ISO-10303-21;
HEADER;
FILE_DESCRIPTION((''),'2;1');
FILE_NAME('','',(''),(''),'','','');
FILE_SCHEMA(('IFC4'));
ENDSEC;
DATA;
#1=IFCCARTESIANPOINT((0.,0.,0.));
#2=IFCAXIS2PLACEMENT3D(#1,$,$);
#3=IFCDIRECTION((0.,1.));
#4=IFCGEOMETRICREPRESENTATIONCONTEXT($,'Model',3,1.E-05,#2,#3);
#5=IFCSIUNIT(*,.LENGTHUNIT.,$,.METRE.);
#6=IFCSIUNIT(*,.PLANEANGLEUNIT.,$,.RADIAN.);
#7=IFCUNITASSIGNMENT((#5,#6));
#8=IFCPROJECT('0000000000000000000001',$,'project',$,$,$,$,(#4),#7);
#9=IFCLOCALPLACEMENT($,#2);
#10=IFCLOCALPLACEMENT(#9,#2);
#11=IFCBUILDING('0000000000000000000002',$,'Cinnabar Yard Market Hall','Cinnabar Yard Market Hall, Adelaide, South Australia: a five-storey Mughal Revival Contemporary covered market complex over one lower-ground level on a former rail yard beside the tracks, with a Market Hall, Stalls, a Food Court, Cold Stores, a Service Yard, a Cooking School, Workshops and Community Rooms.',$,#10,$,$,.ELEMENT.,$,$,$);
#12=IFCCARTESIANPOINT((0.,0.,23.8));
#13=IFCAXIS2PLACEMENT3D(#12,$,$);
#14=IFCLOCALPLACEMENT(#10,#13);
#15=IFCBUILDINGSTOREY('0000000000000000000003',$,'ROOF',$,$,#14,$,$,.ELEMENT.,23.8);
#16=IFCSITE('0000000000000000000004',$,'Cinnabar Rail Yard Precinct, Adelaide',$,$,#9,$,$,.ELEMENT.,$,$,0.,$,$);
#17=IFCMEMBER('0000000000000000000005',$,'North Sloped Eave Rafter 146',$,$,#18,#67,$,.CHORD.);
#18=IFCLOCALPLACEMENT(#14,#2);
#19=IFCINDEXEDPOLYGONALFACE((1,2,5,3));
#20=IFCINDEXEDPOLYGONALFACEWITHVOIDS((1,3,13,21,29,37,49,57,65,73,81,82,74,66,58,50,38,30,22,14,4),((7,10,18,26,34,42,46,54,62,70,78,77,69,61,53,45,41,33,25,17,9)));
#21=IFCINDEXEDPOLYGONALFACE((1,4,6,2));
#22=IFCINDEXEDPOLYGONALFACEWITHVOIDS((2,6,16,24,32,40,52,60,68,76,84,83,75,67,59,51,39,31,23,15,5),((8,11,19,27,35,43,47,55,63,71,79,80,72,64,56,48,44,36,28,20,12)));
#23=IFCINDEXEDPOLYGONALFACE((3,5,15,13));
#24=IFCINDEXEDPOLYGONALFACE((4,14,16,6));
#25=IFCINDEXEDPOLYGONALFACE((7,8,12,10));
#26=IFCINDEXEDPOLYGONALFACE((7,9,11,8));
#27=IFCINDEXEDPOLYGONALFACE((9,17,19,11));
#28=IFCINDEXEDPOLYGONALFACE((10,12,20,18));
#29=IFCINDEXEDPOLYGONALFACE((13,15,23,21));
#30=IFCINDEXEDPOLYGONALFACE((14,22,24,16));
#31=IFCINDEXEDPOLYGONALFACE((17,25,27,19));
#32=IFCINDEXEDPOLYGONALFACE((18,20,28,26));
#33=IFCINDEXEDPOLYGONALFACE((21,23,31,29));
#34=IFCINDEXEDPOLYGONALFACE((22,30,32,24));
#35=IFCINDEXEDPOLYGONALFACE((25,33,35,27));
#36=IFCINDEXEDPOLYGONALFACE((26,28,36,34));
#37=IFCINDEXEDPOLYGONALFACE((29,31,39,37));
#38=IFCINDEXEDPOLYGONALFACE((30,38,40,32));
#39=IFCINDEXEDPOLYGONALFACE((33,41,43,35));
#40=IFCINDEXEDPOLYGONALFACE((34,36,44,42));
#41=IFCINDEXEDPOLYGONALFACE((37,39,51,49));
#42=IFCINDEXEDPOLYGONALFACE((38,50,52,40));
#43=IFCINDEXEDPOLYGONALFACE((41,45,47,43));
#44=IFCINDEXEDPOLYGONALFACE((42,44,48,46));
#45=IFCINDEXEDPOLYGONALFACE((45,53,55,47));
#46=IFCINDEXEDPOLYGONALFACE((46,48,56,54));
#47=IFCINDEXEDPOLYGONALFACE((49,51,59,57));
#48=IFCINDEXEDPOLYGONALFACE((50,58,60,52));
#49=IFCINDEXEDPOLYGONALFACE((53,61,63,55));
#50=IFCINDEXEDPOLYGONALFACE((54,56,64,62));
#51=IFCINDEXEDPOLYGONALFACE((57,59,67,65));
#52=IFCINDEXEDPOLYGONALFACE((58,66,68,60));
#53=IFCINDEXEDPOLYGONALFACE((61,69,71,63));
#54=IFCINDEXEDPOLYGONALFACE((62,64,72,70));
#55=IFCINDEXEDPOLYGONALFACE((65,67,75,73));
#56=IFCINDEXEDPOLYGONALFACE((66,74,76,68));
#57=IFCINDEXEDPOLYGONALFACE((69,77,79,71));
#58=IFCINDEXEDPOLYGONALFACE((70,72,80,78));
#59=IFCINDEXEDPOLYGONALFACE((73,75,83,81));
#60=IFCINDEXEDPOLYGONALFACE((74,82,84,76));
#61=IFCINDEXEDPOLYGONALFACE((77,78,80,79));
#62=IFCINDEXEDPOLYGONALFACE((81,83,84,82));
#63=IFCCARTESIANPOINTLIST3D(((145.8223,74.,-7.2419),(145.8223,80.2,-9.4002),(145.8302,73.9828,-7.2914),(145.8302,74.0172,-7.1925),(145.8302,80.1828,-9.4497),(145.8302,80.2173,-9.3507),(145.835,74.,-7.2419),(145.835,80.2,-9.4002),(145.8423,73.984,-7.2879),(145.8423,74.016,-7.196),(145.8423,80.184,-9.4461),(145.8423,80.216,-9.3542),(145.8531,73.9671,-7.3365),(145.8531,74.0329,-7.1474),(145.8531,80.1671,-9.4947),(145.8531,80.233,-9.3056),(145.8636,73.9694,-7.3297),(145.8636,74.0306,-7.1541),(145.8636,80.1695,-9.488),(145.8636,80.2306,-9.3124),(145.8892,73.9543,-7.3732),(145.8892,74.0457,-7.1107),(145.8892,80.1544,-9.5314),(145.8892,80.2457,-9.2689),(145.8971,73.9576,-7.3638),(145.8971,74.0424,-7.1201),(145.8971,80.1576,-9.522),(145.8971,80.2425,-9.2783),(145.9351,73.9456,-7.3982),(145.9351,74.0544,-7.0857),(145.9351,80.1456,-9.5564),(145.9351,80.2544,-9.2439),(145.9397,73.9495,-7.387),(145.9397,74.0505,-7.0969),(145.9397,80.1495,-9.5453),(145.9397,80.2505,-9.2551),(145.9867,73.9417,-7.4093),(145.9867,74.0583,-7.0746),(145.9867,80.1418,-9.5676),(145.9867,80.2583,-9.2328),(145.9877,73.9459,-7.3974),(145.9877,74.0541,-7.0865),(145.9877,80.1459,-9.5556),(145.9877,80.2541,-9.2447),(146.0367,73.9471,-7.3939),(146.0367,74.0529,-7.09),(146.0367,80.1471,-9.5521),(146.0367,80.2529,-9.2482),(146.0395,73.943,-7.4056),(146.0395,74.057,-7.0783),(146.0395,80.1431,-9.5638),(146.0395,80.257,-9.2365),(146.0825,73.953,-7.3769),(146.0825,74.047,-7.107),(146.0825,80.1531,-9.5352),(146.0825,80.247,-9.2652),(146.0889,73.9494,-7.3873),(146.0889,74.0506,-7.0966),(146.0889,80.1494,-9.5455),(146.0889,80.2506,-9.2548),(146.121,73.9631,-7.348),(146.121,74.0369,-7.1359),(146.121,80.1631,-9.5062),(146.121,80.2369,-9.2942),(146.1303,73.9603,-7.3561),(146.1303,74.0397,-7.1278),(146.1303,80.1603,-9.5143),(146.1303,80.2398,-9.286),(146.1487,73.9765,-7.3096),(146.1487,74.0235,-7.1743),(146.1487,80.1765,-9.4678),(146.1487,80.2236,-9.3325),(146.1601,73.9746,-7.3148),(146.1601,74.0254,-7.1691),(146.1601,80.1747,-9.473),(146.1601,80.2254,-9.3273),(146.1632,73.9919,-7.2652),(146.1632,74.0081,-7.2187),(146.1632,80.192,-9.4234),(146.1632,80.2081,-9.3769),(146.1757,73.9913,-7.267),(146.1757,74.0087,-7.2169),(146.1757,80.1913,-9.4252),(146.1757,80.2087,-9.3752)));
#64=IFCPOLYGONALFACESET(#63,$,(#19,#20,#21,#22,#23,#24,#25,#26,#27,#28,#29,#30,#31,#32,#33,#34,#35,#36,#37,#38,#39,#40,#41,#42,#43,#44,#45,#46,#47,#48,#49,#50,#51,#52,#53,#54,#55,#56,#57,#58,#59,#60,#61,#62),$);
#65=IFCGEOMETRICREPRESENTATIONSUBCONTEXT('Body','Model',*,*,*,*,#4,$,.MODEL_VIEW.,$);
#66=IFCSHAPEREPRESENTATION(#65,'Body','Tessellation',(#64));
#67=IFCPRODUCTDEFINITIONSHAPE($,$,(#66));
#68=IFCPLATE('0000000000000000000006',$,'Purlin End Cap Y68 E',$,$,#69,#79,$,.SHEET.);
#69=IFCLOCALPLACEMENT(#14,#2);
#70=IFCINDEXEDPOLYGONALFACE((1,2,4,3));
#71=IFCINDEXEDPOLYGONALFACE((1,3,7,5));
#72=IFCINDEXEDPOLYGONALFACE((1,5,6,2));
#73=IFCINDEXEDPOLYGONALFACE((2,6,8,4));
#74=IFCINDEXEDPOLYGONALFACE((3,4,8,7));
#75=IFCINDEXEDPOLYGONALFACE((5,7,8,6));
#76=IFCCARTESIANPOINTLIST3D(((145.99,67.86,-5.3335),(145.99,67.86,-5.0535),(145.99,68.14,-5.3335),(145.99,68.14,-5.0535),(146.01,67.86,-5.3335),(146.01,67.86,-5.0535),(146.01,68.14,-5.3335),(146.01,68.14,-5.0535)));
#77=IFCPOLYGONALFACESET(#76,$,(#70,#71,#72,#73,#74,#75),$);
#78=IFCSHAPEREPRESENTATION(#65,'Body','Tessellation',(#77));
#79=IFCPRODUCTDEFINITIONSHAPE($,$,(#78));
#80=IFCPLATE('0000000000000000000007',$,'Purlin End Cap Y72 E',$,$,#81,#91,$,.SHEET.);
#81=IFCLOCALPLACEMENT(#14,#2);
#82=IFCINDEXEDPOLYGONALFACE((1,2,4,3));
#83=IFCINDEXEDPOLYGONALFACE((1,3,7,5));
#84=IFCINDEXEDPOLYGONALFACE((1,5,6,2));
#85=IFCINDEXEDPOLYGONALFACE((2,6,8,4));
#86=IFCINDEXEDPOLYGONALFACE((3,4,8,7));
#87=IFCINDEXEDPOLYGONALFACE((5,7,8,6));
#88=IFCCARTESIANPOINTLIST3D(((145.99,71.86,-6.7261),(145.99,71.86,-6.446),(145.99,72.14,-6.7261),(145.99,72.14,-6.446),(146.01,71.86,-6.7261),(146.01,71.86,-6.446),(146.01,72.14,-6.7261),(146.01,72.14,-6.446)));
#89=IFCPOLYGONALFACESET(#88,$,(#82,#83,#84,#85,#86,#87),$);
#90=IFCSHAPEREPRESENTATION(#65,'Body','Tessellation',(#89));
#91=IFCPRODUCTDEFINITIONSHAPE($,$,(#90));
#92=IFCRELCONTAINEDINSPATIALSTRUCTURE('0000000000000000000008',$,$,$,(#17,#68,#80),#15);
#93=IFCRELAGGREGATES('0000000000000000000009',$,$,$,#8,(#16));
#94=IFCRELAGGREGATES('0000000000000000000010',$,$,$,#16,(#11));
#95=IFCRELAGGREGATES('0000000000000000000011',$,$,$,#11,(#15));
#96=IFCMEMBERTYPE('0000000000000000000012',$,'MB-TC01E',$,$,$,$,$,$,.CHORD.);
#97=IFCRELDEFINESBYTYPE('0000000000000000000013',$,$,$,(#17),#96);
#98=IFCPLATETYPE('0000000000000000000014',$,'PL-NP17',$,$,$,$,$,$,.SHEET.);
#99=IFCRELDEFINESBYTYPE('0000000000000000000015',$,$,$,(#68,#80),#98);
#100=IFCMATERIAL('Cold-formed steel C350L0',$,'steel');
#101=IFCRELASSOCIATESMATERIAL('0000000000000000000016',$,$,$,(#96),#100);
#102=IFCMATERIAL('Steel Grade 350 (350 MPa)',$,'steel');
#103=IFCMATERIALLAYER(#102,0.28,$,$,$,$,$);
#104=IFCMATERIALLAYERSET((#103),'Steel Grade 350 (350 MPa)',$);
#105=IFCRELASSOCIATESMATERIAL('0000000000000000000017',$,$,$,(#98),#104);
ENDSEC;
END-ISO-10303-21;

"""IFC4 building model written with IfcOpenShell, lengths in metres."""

from ifc_helpers import new_model, si_unit, direction, frame, origin, origin_2d_with_axis, place, context, subcontext, project, spatial, rectangle, hollow_circle, extrude, material, layer, layer_set, material_profile, profile_set, type_object, element, save


model = new_model("IFC4")

# Units and contexts
model_context = context("Model", 3, precision=1e-05, world=origin(), true_north=direction((0.0, 1.0)))
body_context = subcontext(model_context, "Body", "Model", "MODEL_VIEW")
ifc_project = project(units=[si_unit("LENGTHUNIT", "METRE"), si_unit("PLANEANGLEUNIT", "RADIAN")], contexts=[model_context])

# Site, building, storey
site_placement = place(None, origin())
site = spatial("IfcSite", under=ifc_project, at=site_placement, Name="Cinnabar Rail Yard Precinct, Adelaide", CompositionType="ELEMENT", RefElevation=0.0)
building_placement = place(site_placement, origin())
building = spatial("IfcBuilding", under=site, at=building_placement, Name="Cinnabar Yard Market Hall", Description="Cinnabar Yard Market Hall, Adelaide, South Australia: a five-storey Mughal Revival Contemporary covered market complex over one lower-ground level on a former rail yard beside the tracks, with a Market Hall, Stalls, a Food Court, Cold Stores, a Service Yard, a Cooking School, Workshops and Community Rooms.", CompositionType="ELEMENT")
storey_placement = place(building_placement, frame((0.0, 0.0, 23.8)))
storey = spatial("IfcBuildingStorey", under=building, at=storey_placement, Name="ROOF", CompositionType="ELEMENT", Elevation=23.8)

# Shared definitions
ifc_material_1 = material(Name="Steel Grade 350 (350 MPa)", Category="steel")
ifc_material_2 = material(Name="Cold-formed steel C350L0", Category="steel")

# Member
ifc_material_profile_1 = material_profile(ifc_material_2, hollow_circle(Radius=0.1777, WallThickness=0.0127, at=origin_2d_with_axis()), Name="355.6x12.7CHS")
ifc_profile_set_1 = profile_set([ifc_material_profile_1], Name="Cold-formed steel C350L0")
member_type_1 = type_object("IfcMemberType", Name="MB-TC01E", PredefinedType="CHORD", material=ifc_profile_set_1)
for number, where, z_axis, x_axis, name in (
    (1, (146.0, 74.0, -7.2419), (0.0, 0.944416, -0.328751), (-1.0, 0.0, 0.0), "North Sloped Eave Rafter 146"),
):
    element("IfcMember", number, at=place(storey_placement, frame(where, z_axis=z_axis, x_axis=x_axis)), inside=storey, type_object=member_type_1, Name=name, PredefinedType="CHORD", context=body_context, shape_type="SweptSolid", body=[
        extrude(hollow_circle(Radius=0.1777, WallThickness=0.0127, at=origin_2d_with_axis()), origin(), (0.0, 0.0, 1.0), 6.5649),
    ])

# Plates
ifc_layer = layer(ifc_material_1, 0.28)
ifc_layer_set = layer_set([ifc_layer], Name="Steel Grade 350 (350 MPa)")
plate_type = type_object("IfcPlateType", Name="PL-NP17", PredefinedType="SHEET", material=ifc_layer_set)
for number, where, z_axis, x_axis, name in (
    (2, (146.0, 68.0, -5.3335), (0.0, 0.0, 1.0), (1.0, 0.0, 0.0), "Purlin End Cap Y68 E"),
    (3, (146.0, 72.0, -6.7261), (0.0, 0.0, 1.0), (1.0, 0.0, 0.0), "Purlin End Cap Y72 E"),
):
    element("IfcPlate", number, at=place(storey_placement, frame(where, z_axis=z_axis, x_axis=x_axis)), inside=storey, type_object=plate_type, Name=name, PredefinedType="SHEET", context=body_context, shape_type="SweptSolid", body=[
        extrude(rectangle(XDim=0.02, YDim=0.28, at=origin_2d_with_axis()), origin(), (0.0, 0.0, 1.0), 0.28),
    ])

save(model, "model.ifc")
